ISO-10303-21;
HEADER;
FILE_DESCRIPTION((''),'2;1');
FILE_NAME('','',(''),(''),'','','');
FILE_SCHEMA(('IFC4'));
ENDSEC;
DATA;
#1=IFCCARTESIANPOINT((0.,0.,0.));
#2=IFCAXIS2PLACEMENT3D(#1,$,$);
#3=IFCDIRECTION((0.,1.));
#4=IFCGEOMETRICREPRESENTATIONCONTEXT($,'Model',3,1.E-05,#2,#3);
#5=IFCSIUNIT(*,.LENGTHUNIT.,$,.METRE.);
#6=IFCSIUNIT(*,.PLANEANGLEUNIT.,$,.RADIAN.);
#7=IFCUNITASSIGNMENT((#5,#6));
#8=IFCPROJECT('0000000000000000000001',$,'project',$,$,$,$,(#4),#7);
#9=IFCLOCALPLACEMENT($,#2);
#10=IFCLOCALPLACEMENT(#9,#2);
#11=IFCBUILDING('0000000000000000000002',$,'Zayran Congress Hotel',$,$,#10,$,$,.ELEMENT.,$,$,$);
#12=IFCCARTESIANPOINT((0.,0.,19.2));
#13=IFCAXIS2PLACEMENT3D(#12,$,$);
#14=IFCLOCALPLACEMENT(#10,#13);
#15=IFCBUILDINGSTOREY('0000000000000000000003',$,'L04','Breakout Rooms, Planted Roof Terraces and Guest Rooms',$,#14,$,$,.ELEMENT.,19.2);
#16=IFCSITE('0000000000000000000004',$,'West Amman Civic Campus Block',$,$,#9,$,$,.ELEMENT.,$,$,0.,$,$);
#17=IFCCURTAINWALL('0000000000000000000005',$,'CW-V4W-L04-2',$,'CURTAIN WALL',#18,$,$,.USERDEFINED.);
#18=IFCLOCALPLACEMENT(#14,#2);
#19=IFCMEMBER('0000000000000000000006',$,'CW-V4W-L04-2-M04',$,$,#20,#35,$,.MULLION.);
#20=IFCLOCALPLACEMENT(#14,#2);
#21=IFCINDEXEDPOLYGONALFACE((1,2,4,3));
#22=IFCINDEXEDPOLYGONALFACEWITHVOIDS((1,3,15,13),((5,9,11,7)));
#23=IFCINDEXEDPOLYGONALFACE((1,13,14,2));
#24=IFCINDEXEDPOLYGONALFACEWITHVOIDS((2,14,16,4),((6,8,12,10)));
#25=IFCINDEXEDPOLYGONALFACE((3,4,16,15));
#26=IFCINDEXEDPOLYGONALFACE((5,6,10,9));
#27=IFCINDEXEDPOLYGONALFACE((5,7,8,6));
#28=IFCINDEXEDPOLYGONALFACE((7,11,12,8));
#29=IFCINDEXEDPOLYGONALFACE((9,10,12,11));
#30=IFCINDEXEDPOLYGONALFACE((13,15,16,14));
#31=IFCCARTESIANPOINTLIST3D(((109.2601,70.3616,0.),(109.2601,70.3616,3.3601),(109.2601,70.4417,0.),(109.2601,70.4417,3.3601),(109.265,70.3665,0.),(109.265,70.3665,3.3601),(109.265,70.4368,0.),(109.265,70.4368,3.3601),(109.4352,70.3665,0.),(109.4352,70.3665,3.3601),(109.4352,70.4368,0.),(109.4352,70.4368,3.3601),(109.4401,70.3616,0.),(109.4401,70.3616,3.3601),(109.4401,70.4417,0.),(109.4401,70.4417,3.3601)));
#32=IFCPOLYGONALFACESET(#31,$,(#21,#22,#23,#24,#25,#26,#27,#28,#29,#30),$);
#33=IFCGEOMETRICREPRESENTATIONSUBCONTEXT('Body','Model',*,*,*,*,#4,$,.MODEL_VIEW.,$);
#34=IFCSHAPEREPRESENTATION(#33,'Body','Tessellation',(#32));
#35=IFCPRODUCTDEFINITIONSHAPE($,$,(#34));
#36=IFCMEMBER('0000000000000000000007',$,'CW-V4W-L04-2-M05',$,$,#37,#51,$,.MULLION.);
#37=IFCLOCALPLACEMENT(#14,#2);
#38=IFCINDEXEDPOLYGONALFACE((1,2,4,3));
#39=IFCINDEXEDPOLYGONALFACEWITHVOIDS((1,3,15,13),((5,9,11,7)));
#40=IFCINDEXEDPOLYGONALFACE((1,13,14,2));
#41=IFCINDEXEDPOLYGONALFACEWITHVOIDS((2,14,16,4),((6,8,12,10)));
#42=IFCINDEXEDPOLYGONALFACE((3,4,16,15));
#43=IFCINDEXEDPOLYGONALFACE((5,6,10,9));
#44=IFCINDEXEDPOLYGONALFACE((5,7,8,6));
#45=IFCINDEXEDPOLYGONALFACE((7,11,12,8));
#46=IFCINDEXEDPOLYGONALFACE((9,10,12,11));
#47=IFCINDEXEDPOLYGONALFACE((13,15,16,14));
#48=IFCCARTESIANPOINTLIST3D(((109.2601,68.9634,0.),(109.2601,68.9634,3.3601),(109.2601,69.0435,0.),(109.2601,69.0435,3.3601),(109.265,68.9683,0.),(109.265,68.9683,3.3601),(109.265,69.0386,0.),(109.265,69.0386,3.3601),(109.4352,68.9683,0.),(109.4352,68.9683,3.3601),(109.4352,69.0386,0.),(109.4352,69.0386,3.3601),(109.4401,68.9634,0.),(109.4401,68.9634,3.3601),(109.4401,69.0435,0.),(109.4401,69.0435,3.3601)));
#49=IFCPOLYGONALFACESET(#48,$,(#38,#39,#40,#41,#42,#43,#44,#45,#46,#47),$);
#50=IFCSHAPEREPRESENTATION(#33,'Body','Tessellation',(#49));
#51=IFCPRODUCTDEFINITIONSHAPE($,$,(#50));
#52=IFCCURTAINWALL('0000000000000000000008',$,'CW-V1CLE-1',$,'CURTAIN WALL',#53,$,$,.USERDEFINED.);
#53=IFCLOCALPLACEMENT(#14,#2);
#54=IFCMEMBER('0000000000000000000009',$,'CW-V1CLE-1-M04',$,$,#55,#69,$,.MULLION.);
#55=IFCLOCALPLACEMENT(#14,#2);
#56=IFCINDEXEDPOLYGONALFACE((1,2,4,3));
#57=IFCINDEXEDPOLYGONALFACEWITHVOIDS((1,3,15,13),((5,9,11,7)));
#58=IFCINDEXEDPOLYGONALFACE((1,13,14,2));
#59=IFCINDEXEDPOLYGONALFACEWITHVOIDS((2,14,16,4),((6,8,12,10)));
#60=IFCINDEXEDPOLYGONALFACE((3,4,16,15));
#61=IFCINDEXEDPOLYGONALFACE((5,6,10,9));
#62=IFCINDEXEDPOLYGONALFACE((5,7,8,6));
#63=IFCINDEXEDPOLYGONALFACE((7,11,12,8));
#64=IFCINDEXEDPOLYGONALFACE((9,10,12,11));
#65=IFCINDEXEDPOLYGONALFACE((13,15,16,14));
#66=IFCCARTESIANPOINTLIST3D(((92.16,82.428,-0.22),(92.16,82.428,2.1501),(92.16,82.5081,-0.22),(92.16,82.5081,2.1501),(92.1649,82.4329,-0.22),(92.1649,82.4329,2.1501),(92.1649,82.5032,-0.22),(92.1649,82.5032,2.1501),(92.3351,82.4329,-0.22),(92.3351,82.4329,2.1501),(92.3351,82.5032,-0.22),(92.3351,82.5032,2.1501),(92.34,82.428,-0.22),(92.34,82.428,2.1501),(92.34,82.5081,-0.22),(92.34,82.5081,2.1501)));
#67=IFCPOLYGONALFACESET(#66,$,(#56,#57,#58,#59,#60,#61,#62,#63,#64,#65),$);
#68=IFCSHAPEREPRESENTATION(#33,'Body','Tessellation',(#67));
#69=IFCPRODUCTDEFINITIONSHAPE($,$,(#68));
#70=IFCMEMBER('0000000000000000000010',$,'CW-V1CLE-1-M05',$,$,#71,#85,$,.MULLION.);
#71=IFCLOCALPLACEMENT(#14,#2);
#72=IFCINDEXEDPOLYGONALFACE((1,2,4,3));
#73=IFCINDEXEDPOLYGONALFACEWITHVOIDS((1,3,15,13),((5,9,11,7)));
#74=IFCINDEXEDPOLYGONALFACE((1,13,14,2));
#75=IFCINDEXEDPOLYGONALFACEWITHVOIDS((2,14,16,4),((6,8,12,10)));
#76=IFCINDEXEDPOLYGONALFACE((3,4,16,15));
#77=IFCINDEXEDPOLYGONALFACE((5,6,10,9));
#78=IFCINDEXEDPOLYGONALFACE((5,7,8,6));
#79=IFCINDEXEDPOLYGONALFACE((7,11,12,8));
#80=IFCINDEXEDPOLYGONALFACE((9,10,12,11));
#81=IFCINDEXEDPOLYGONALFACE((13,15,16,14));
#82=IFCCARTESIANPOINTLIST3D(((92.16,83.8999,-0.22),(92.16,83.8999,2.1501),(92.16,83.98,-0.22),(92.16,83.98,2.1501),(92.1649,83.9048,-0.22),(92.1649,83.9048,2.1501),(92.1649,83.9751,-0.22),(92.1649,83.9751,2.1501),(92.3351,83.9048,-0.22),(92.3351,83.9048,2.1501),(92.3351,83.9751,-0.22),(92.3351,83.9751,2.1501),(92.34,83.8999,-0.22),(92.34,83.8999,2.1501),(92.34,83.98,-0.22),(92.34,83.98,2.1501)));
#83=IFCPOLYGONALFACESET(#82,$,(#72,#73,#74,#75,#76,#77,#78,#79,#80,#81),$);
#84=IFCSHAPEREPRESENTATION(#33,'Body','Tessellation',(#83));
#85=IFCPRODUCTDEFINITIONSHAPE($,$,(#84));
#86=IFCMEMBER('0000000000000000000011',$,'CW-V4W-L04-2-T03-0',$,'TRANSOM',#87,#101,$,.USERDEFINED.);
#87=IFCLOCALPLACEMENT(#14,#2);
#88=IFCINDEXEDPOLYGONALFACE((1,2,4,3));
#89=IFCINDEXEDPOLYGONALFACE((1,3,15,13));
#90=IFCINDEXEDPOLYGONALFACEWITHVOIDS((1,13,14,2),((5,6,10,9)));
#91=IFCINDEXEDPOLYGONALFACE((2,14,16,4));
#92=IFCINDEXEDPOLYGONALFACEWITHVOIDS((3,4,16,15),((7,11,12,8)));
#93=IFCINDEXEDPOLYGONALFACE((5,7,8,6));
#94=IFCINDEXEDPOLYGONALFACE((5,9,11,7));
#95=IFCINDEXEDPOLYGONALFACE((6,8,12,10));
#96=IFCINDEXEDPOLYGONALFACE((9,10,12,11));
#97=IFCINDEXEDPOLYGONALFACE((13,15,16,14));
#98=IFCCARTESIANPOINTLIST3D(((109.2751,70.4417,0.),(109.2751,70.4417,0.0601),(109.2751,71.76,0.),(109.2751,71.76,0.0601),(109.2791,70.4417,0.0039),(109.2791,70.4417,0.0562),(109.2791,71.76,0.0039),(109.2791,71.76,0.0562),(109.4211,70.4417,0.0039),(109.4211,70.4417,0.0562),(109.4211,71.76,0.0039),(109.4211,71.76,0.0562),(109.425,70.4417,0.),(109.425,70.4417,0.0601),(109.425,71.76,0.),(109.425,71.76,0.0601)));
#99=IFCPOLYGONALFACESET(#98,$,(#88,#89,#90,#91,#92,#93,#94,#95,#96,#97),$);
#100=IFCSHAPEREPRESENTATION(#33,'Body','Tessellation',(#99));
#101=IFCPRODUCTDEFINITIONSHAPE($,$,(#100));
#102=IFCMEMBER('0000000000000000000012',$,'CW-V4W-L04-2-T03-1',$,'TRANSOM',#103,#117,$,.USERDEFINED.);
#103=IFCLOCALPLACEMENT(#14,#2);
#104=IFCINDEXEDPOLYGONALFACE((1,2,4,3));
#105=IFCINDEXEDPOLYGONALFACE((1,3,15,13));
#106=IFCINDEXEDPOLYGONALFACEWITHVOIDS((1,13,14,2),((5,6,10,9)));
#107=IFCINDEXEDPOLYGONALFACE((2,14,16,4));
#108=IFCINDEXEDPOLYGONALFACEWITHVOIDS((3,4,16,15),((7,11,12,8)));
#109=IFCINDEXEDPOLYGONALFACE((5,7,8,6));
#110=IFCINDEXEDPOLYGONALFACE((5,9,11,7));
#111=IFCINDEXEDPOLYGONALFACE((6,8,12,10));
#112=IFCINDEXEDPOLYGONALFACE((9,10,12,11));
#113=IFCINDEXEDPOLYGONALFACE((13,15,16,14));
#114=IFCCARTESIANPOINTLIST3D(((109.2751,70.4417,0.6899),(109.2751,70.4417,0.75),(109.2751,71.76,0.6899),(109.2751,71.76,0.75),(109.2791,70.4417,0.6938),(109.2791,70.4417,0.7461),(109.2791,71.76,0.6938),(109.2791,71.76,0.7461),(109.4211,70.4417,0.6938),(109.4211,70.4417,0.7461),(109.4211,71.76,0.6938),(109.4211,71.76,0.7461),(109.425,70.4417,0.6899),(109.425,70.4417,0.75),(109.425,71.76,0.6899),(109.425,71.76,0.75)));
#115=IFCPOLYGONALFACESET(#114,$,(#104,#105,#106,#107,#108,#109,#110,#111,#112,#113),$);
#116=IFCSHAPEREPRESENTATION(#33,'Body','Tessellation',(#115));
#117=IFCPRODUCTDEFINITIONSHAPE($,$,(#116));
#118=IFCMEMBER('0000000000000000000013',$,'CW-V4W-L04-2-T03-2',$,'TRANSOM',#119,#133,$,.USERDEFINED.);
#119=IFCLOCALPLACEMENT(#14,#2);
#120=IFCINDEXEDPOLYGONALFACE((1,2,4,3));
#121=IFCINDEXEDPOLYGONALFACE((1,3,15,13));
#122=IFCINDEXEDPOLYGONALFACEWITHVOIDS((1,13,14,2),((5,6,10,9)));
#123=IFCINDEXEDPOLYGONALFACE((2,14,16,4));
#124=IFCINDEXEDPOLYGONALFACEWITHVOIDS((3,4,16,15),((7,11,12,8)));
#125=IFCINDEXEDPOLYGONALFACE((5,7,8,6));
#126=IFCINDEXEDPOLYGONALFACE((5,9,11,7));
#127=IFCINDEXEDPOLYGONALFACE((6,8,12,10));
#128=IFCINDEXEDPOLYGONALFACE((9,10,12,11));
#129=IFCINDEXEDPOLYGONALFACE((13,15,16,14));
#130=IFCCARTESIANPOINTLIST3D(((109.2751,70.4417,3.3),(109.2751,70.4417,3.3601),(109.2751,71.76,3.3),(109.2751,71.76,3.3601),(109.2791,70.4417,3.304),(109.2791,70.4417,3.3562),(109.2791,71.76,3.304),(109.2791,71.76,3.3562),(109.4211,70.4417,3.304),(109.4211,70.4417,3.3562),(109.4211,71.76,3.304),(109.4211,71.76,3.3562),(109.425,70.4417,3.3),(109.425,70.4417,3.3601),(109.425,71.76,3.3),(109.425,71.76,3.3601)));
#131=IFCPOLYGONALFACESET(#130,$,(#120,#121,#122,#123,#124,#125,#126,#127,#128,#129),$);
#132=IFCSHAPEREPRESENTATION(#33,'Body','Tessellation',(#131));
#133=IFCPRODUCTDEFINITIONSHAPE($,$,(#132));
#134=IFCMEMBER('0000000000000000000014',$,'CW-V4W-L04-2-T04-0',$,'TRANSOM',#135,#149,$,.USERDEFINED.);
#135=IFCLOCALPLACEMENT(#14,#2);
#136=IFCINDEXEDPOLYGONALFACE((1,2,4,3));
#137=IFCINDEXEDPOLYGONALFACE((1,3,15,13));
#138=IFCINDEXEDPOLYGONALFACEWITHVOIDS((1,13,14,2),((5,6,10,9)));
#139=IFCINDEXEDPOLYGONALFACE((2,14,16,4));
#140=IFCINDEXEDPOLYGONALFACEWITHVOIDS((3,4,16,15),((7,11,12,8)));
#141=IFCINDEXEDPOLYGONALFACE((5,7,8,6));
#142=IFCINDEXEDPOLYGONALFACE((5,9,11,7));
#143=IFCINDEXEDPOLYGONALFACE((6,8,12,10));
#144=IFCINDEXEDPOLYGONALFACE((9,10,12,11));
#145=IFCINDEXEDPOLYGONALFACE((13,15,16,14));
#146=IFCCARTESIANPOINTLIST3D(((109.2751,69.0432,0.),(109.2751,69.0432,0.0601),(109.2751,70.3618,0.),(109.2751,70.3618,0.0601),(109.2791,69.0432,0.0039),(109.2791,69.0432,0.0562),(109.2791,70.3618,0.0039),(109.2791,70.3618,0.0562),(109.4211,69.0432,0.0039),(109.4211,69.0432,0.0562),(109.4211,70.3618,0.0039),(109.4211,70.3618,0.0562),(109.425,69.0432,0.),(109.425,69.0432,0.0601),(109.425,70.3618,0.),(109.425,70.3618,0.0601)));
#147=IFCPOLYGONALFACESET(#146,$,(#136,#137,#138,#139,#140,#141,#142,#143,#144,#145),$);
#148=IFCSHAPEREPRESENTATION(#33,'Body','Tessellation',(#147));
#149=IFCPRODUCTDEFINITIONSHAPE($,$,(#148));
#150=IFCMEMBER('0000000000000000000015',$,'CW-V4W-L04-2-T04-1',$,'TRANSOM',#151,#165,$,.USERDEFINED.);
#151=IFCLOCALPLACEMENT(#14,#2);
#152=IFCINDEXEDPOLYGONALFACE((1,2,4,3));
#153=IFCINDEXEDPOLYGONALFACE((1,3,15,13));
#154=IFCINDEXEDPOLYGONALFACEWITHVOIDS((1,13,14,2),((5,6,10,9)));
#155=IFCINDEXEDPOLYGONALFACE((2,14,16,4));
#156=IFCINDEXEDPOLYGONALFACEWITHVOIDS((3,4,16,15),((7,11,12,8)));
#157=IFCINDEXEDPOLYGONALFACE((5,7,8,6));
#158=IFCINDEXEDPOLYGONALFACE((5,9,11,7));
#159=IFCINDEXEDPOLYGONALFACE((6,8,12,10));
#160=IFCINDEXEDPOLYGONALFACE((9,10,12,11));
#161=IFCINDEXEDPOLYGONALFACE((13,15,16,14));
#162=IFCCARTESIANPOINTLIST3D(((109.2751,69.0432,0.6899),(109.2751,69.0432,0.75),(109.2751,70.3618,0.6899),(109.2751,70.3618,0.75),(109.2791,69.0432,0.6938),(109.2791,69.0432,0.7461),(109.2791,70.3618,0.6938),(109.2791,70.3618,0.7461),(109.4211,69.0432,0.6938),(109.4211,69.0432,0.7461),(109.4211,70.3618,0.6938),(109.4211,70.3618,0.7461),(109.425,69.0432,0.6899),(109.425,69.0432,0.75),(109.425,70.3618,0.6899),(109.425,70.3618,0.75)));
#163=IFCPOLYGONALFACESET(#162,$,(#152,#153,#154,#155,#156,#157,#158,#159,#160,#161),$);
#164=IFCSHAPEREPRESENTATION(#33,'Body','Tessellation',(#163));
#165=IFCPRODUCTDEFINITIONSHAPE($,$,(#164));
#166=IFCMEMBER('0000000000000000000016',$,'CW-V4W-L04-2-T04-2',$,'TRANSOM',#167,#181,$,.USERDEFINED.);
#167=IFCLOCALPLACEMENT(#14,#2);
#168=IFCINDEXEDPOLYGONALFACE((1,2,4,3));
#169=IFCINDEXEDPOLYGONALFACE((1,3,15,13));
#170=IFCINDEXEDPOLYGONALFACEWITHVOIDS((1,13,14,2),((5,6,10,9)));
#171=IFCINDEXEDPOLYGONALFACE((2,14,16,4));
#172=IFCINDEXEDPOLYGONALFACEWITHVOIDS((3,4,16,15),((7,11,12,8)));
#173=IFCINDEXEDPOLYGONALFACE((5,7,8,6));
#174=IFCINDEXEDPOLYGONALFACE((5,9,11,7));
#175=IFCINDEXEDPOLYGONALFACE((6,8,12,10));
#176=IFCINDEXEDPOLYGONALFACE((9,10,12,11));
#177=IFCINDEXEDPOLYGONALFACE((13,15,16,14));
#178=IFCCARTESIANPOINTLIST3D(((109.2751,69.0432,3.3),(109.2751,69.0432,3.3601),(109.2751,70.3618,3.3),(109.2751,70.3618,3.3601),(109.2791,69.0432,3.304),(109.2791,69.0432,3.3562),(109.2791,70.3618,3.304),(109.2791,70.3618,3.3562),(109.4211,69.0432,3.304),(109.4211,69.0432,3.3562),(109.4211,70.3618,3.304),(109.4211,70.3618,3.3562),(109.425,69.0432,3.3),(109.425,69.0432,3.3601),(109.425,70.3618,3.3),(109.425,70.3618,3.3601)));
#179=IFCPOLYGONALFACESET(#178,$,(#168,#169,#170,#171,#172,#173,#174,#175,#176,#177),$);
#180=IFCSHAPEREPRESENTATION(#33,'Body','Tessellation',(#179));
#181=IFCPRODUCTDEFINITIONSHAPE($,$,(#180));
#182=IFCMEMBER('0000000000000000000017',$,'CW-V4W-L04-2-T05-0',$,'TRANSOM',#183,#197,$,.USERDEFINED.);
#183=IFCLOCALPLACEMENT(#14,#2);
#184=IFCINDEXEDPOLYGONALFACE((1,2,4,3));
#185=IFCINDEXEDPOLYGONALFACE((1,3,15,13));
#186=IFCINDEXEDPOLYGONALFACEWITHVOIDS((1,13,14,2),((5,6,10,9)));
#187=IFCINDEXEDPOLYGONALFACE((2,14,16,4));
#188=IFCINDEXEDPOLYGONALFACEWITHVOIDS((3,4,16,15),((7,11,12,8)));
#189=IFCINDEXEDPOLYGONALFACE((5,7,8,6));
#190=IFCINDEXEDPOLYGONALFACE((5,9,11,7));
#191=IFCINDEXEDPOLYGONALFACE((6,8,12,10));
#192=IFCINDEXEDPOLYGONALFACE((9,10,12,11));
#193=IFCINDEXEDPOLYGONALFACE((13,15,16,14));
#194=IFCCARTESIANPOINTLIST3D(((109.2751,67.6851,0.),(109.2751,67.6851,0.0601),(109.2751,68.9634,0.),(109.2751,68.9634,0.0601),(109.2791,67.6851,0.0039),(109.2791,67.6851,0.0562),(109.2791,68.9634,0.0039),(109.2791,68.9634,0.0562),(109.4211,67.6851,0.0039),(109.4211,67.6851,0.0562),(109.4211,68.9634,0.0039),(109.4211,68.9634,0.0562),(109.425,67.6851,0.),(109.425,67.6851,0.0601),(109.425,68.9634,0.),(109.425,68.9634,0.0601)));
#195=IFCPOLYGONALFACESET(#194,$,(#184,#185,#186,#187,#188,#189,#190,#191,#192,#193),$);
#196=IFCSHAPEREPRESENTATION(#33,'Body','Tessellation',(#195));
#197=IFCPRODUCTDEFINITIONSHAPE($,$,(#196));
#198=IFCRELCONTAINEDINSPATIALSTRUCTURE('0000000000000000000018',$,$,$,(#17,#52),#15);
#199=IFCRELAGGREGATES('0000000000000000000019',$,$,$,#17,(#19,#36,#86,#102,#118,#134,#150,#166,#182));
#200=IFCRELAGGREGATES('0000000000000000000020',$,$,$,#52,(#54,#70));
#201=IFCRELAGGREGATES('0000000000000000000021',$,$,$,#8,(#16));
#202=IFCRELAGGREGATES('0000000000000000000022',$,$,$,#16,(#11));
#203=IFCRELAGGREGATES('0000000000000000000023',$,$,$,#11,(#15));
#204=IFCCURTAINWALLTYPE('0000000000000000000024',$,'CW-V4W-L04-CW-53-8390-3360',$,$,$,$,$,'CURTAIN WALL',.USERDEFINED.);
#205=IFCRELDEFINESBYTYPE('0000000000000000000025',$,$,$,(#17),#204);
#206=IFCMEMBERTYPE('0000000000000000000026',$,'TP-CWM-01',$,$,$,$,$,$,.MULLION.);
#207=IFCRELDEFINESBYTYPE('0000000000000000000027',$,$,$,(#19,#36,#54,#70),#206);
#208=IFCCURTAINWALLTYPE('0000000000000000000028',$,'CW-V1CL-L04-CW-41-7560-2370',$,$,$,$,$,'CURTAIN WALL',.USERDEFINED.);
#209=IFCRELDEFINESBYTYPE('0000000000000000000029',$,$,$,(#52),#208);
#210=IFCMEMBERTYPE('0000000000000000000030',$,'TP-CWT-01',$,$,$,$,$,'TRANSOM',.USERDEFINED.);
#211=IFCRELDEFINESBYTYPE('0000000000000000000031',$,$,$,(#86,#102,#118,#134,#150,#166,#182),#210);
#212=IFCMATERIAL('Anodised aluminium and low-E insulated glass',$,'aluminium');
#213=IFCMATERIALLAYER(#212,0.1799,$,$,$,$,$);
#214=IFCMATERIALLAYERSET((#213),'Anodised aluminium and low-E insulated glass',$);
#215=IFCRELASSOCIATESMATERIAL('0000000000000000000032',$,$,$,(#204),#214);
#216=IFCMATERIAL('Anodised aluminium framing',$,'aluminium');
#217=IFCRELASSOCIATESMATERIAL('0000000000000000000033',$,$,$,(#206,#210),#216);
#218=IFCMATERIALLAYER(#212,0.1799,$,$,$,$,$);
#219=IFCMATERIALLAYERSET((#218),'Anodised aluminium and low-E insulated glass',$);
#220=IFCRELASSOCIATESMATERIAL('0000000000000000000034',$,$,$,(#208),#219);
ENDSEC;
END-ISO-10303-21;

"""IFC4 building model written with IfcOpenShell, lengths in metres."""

from ifc_helpers import new_model, si_unit, direction, frame, origin, origin_2d, place, context, subcontext, project, spatial, hollow_rectangle, extrude, material, layer, layer_set, material_profile, profile_set, type_object, element, aggregate, save


model = new_model("IFC4")

# Units and contexts
model_context = context("Model", 3, precision=1e-05, world=origin(), true_north=direction((0.0, 1.0)))
body_context = subcontext(model_context, "Body", "Model", "MODEL_VIEW")
ifc_project = project(units=[si_unit("LENGTHUNIT", "METRE"), si_unit("PLANEANGLEUNIT", "RADIAN")], contexts=[model_context])

# Site, building, storey
site_placement = place(None, origin())
site = spatial("IfcSite", under=ifc_project, at=site_placement, Name="West Amman Civic Campus Block", CompositionType="ELEMENT", RefElevation=0.0)
building_placement = place(site_placement, origin())
building = spatial("IfcBuilding", under=site, at=building_placement, Name="Zayran Congress Hotel", CompositionType="ELEMENT")
storey_placement = place(building_placement, frame((0.0, 0.0, 19.2)))
storey = spatial("IfcBuildingStorey", under=building, at=storey_placement, Name="L04", Description="Breakout Rooms, Planted Roof Terraces and Guest Rooms", CompositionType="ELEMENT", Elevation=19.2)

# Curtain walls, members
ifc_material_1 = material(Name="Anodised aluminium and low-E insulated glass", Category="aluminium")
ifc_layer_1 = layer(ifc_material_1, 0.1799)
ifc_layer_set_1 = layer_set([ifc_layer_1], Name="Anodised aluminium and low-E insulated glass")
curtain_wall_type_1 = type_object("IfcCurtainWallType", Name="CW-V4W-L04-CW-53-8390-3360", ElementType="CURTAIN WALL", PredefinedType="USERDEFINED", material=ifc_layer_set_1)
curtain_wall_1_placement = place(storey_placement, origin())
curtain_wall_1 = element("IfcCurtainWall", 1, at=curtain_wall_1_placement, inside=storey, type_object=curtain_wall_type_1, Name="CW-V4W-L04-2", ObjectType="CURTAIN WALL", PredefinedType="USERDEFINED")
ifc_material_2 = material(Name="Anodised aluminium framing", Category="aluminium")
ifc_material_profile_1 = material_profile(ifc_material_2, hollow_rectangle(XDim=0.0801, YDim=0.1799, WallThickness=0.0049, at=origin_2d()), Name="RHS 180x80x5")
ifc_profile_set_1 = profile_set([ifc_material_profile_1], Name="Anodised aluminium framing")
member_type_1 = type_object("IfcMemberType", Name="TP-CWM-01", PredefinedType="MULLION", material=ifc_profile_set_1)
member_1_placement = place(storey_placement, frame((109.3501, 70.4016, 0.0), z_axis=(0.0, 0.0, 1.0), x_axis=(0.0, 1.0, 0.0)))
member_1 = element("IfcMember", 2, at=member_1_placement, type_object=member_type_1, Name="CW-V4W-L04-2-M04", PredefinedType="MULLION", context=body_context, shape_type="SweptSolid", body=[
    extrude(hollow_rectangle(XDim=0.0801, YDim=0.1799, WallThickness=0.0049, at=origin_2d()), origin(), (0.0, 0.0, 1.0), 3.3601),
])
member_2_placement = place(storey_placement, frame((109.3501, 69.0034, 0.0), z_axis=(0.0, 0.0, 1.0), x_axis=(0.0, 1.0, 0.0)))
member_2 = element("IfcMember", 3, at=member_2_placement, type_object=member_type_1, Name="CW-V4W-L04-2-M05", PredefinedType="MULLION", context=body_context, shape_type="SweptSolid", body=[
    extrude(hollow_rectangle(XDim=0.0801, YDim=0.1799, WallThickness=0.0049, at=origin_2d()), origin(), (0.0, 0.0, 1.0), 3.3601),
])
ifc_layer_2 = layer(ifc_material_1, 0.1799)
ifc_layer_set_2 = layer_set([ifc_layer_2], Name="Anodised aluminium and low-E insulated glass")
curtain_wall_type_2 = type_object("IfcCurtainWallType", Name="CW-V1CL-L04-CW-41-7560-2370", ElementType="CURTAIN WALL", PredefinedType="USERDEFINED", material=ifc_layer_set_2)
curtain_wall_2_placement = place(storey_placement, origin())
curtain_wall_2 = element("IfcCurtainWall", 4, at=curtain_wall_2_placement, inside=storey, type_object=curtain_wall_type_2, Name="CW-V1CLE-1", ObjectType="CURTAIN WALL", PredefinedType="USERDEFINED")
member_3_placement = place(storey_placement, frame((92.25, 82.468, -0.22), z_axis=(0.0, 0.0, 1.0), x_axis=(0.0, 1.0, 0.0)))
member_3 = element("IfcMember", 5, at=member_3_placement, type_object=member_type_1, Name="CW-V1CLE-1-M04", PredefinedType="MULLION", context=body_context, shape_type="SweptSolid", body=[
    extrude(hollow_rectangle(XDim=0.0801, YDim=0.1799, WallThickness=0.0049, at=origin_2d()), origin(), (0.0, 0.0, 1.0), 2.3701),
])
member_4_placement = place(storey_placement, frame((92.25, 83.9399, -0.22), z_axis=(0.0, 0.0, 1.0), x_axis=(0.0, 1.0, 0.0)))
member_4 = element("IfcMember", 6, at=member_4_placement, type_object=member_type_1, Name="CW-V1CLE-1-M05", PredefinedType="MULLION", context=body_context, shape_type="SweptSolid", body=[
    extrude(hollow_rectangle(XDim=0.0801, YDim=0.1799, WallThickness=0.0049, at=origin_2d()), origin(), (0.0, 0.0, 1.0), 2.3701),
])

# Members
ifc_material_profile_2 = material_profile(ifc_material_2, hollow_rectangle(XDim=0.0601, YDim=0.1499, WallThickness=0.0039, at=origin_2d()), Name="RHS 150x60x4")
ifc_profile_set_2 = profile_set([ifc_material_profile_2], Name="Anodised aluminium framing")
member_type_2 = type_object("IfcMemberType", Name="TP-CWT-01", ElementType="TRANSOM", PredefinedType="USERDEFINED", material=ifc_profile_set_2)
member_5_placement = place(storey_placement, frame((109.3501, 71.76, 0.03), z_axis=(0.0, -1.0, 0.0), x_axis=(0.0, 0.0, 1.0)))
member_5 = element("IfcMember", 7, at=member_5_placement, type_object=member_type_2, Name="CW-V4W-L04-2-T03-0", ObjectType="TRANSOM", PredefinedType="USERDEFINED", context=body_context, shape_type="SweptSolid", body=[
    extrude(hollow_rectangle(XDim=0.0601, YDim=0.1499, WallThickness=0.0039, at=origin_2d()), origin(), (0.0, 0.0, 1.0), 1.3184),
])
member_6_placement = place(storey_placement, frame((109.3501, 71.76, 0.72), z_axis=(0.0, -1.0, 0.0), x_axis=(0.0, 0.0, 1.0)))
member_6 = element("IfcMember", 8, at=member_6_placement, type_object=member_type_2, Name="CW-V4W-L04-2-T03-1", ObjectType="TRANSOM", PredefinedType="USERDEFINED", context=body_context, shape_type="SweptSolid", body=[
    extrude(hollow_rectangle(XDim=0.0601, YDim=0.1499, WallThickness=0.0039, at=origin_2d()), origin(), (0.0, 0.0, 1.0), 1.3184),
])
member_7_placement = place(storey_placement, frame((109.3501, 71.76, 3.3301), z_axis=(0.0, -1.0, 0.0), x_axis=(0.0, 0.0, 1.0)))
member_7 = element("IfcMember", 9, at=member_7_placement, type_object=member_type_2, Name="CW-V4W-L04-2-T03-2", ObjectType="TRANSOM", PredefinedType="USERDEFINED", context=body_context, shape_type="SweptSolid", body=[
    extrude(hollow_rectangle(XDim=0.0601, YDim=0.1499, WallThickness=0.0039, at=origin_2d()), origin(), (0.0, 0.0, 1.0), 1.3184),
])
member_8_placement = place(storey_placement, frame((109.3501, 70.3618, 0.03), z_axis=(0.0, -1.0, 0.0), x_axis=(0.0, 0.0, 1.0)))
member_8 = element("IfcMember", 10, at=member_8_placement, type_object=member_type_2, Name="CW-V4W-L04-2-T04-0", ObjectType="TRANSOM", PredefinedType="USERDEFINED", context=body_context, shape_type="SweptSolid", body=[
    extrude(hollow_rectangle(XDim=0.0601, YDim=0.1499, WallThickness=0.0039, at=origin_2d()), origin(), (0.0, 0.0, 1.0), 1.3186),
])
member_9_placement = place(storey_placement, frame((109.3501, 70.3618, 0.72), z_axis=(0.0, -1.0, 0.0), x_axis=(0.0, 0.0, 1.0)))
member_9 = element("IfcMember", 11, at=member_9_placement, type_object=member_type_2, Name="CW-V4W-L04-2-T04-1", ObjectType="TRANSOM", PredefinedType="USERDEFINED", context=body_context, shape_type="SweptSolid", body=[
    extrude(hollow_rectangle(XDim=0.0601, YDim=0.1499, WallThickness=0.0039, at=origin_2d()), origin(), (0.0, 0.0, 1.0), 1.3186),
])
member_10_placement = place(storey_placement, frame((109.3501, 70.3618, 3.3301), z_axis=(0.0, -1.0, 0.0), x_axis=(0.0, 0.0, 1.0)))
member_10 = element("IfcMember", 12, at=member_10_placement, type_object=member_type_2, Name="CW-V4W-L04-2-T04-2", ObjectType="TRANSOM", PredefinedType="USERDEFINED", context=body_context, shape_type="SweptSolid", body=[
    extrude(hollow_rectangle(XDim=0.0601, YDim=0.1499, WallThickness=0.0039, at=origin_2d()), origin(), (0.0, 0.0, 1.0), 1.3186),
])
member_11_placement = place(storey_placement, frame((109.3501, 68.9634, 0.03), z_axis=(0.0, -1.0, 0.0), x_axis=(0.0, 0.0, 1.0)))
member_11 = element("IfcMember", 13, at=member_11_placement, type_object=member_type_2, Name="CW-V4W-L04-2-T05-0", ObjectType="TRANSOM", PredefinedType="USERDEFINED", context=body_context, shape_type="SweptSolid", body=[
    extrude(hollow_rectangle(XDim=0.0601, YDim=0.1499, WallThickness=0.0039, at=origin_2d()), origin(), (0.0, 0.0, 1.0), 1.2783),
])

aggregate(curtain_wall_1, [member_1, member_2, member_5, member_6, member_7, member_8, member_9, member_10, member_11])
aggregate(curtain_wall_2, [member_3, member_4])

save(model, "model.ifc")
